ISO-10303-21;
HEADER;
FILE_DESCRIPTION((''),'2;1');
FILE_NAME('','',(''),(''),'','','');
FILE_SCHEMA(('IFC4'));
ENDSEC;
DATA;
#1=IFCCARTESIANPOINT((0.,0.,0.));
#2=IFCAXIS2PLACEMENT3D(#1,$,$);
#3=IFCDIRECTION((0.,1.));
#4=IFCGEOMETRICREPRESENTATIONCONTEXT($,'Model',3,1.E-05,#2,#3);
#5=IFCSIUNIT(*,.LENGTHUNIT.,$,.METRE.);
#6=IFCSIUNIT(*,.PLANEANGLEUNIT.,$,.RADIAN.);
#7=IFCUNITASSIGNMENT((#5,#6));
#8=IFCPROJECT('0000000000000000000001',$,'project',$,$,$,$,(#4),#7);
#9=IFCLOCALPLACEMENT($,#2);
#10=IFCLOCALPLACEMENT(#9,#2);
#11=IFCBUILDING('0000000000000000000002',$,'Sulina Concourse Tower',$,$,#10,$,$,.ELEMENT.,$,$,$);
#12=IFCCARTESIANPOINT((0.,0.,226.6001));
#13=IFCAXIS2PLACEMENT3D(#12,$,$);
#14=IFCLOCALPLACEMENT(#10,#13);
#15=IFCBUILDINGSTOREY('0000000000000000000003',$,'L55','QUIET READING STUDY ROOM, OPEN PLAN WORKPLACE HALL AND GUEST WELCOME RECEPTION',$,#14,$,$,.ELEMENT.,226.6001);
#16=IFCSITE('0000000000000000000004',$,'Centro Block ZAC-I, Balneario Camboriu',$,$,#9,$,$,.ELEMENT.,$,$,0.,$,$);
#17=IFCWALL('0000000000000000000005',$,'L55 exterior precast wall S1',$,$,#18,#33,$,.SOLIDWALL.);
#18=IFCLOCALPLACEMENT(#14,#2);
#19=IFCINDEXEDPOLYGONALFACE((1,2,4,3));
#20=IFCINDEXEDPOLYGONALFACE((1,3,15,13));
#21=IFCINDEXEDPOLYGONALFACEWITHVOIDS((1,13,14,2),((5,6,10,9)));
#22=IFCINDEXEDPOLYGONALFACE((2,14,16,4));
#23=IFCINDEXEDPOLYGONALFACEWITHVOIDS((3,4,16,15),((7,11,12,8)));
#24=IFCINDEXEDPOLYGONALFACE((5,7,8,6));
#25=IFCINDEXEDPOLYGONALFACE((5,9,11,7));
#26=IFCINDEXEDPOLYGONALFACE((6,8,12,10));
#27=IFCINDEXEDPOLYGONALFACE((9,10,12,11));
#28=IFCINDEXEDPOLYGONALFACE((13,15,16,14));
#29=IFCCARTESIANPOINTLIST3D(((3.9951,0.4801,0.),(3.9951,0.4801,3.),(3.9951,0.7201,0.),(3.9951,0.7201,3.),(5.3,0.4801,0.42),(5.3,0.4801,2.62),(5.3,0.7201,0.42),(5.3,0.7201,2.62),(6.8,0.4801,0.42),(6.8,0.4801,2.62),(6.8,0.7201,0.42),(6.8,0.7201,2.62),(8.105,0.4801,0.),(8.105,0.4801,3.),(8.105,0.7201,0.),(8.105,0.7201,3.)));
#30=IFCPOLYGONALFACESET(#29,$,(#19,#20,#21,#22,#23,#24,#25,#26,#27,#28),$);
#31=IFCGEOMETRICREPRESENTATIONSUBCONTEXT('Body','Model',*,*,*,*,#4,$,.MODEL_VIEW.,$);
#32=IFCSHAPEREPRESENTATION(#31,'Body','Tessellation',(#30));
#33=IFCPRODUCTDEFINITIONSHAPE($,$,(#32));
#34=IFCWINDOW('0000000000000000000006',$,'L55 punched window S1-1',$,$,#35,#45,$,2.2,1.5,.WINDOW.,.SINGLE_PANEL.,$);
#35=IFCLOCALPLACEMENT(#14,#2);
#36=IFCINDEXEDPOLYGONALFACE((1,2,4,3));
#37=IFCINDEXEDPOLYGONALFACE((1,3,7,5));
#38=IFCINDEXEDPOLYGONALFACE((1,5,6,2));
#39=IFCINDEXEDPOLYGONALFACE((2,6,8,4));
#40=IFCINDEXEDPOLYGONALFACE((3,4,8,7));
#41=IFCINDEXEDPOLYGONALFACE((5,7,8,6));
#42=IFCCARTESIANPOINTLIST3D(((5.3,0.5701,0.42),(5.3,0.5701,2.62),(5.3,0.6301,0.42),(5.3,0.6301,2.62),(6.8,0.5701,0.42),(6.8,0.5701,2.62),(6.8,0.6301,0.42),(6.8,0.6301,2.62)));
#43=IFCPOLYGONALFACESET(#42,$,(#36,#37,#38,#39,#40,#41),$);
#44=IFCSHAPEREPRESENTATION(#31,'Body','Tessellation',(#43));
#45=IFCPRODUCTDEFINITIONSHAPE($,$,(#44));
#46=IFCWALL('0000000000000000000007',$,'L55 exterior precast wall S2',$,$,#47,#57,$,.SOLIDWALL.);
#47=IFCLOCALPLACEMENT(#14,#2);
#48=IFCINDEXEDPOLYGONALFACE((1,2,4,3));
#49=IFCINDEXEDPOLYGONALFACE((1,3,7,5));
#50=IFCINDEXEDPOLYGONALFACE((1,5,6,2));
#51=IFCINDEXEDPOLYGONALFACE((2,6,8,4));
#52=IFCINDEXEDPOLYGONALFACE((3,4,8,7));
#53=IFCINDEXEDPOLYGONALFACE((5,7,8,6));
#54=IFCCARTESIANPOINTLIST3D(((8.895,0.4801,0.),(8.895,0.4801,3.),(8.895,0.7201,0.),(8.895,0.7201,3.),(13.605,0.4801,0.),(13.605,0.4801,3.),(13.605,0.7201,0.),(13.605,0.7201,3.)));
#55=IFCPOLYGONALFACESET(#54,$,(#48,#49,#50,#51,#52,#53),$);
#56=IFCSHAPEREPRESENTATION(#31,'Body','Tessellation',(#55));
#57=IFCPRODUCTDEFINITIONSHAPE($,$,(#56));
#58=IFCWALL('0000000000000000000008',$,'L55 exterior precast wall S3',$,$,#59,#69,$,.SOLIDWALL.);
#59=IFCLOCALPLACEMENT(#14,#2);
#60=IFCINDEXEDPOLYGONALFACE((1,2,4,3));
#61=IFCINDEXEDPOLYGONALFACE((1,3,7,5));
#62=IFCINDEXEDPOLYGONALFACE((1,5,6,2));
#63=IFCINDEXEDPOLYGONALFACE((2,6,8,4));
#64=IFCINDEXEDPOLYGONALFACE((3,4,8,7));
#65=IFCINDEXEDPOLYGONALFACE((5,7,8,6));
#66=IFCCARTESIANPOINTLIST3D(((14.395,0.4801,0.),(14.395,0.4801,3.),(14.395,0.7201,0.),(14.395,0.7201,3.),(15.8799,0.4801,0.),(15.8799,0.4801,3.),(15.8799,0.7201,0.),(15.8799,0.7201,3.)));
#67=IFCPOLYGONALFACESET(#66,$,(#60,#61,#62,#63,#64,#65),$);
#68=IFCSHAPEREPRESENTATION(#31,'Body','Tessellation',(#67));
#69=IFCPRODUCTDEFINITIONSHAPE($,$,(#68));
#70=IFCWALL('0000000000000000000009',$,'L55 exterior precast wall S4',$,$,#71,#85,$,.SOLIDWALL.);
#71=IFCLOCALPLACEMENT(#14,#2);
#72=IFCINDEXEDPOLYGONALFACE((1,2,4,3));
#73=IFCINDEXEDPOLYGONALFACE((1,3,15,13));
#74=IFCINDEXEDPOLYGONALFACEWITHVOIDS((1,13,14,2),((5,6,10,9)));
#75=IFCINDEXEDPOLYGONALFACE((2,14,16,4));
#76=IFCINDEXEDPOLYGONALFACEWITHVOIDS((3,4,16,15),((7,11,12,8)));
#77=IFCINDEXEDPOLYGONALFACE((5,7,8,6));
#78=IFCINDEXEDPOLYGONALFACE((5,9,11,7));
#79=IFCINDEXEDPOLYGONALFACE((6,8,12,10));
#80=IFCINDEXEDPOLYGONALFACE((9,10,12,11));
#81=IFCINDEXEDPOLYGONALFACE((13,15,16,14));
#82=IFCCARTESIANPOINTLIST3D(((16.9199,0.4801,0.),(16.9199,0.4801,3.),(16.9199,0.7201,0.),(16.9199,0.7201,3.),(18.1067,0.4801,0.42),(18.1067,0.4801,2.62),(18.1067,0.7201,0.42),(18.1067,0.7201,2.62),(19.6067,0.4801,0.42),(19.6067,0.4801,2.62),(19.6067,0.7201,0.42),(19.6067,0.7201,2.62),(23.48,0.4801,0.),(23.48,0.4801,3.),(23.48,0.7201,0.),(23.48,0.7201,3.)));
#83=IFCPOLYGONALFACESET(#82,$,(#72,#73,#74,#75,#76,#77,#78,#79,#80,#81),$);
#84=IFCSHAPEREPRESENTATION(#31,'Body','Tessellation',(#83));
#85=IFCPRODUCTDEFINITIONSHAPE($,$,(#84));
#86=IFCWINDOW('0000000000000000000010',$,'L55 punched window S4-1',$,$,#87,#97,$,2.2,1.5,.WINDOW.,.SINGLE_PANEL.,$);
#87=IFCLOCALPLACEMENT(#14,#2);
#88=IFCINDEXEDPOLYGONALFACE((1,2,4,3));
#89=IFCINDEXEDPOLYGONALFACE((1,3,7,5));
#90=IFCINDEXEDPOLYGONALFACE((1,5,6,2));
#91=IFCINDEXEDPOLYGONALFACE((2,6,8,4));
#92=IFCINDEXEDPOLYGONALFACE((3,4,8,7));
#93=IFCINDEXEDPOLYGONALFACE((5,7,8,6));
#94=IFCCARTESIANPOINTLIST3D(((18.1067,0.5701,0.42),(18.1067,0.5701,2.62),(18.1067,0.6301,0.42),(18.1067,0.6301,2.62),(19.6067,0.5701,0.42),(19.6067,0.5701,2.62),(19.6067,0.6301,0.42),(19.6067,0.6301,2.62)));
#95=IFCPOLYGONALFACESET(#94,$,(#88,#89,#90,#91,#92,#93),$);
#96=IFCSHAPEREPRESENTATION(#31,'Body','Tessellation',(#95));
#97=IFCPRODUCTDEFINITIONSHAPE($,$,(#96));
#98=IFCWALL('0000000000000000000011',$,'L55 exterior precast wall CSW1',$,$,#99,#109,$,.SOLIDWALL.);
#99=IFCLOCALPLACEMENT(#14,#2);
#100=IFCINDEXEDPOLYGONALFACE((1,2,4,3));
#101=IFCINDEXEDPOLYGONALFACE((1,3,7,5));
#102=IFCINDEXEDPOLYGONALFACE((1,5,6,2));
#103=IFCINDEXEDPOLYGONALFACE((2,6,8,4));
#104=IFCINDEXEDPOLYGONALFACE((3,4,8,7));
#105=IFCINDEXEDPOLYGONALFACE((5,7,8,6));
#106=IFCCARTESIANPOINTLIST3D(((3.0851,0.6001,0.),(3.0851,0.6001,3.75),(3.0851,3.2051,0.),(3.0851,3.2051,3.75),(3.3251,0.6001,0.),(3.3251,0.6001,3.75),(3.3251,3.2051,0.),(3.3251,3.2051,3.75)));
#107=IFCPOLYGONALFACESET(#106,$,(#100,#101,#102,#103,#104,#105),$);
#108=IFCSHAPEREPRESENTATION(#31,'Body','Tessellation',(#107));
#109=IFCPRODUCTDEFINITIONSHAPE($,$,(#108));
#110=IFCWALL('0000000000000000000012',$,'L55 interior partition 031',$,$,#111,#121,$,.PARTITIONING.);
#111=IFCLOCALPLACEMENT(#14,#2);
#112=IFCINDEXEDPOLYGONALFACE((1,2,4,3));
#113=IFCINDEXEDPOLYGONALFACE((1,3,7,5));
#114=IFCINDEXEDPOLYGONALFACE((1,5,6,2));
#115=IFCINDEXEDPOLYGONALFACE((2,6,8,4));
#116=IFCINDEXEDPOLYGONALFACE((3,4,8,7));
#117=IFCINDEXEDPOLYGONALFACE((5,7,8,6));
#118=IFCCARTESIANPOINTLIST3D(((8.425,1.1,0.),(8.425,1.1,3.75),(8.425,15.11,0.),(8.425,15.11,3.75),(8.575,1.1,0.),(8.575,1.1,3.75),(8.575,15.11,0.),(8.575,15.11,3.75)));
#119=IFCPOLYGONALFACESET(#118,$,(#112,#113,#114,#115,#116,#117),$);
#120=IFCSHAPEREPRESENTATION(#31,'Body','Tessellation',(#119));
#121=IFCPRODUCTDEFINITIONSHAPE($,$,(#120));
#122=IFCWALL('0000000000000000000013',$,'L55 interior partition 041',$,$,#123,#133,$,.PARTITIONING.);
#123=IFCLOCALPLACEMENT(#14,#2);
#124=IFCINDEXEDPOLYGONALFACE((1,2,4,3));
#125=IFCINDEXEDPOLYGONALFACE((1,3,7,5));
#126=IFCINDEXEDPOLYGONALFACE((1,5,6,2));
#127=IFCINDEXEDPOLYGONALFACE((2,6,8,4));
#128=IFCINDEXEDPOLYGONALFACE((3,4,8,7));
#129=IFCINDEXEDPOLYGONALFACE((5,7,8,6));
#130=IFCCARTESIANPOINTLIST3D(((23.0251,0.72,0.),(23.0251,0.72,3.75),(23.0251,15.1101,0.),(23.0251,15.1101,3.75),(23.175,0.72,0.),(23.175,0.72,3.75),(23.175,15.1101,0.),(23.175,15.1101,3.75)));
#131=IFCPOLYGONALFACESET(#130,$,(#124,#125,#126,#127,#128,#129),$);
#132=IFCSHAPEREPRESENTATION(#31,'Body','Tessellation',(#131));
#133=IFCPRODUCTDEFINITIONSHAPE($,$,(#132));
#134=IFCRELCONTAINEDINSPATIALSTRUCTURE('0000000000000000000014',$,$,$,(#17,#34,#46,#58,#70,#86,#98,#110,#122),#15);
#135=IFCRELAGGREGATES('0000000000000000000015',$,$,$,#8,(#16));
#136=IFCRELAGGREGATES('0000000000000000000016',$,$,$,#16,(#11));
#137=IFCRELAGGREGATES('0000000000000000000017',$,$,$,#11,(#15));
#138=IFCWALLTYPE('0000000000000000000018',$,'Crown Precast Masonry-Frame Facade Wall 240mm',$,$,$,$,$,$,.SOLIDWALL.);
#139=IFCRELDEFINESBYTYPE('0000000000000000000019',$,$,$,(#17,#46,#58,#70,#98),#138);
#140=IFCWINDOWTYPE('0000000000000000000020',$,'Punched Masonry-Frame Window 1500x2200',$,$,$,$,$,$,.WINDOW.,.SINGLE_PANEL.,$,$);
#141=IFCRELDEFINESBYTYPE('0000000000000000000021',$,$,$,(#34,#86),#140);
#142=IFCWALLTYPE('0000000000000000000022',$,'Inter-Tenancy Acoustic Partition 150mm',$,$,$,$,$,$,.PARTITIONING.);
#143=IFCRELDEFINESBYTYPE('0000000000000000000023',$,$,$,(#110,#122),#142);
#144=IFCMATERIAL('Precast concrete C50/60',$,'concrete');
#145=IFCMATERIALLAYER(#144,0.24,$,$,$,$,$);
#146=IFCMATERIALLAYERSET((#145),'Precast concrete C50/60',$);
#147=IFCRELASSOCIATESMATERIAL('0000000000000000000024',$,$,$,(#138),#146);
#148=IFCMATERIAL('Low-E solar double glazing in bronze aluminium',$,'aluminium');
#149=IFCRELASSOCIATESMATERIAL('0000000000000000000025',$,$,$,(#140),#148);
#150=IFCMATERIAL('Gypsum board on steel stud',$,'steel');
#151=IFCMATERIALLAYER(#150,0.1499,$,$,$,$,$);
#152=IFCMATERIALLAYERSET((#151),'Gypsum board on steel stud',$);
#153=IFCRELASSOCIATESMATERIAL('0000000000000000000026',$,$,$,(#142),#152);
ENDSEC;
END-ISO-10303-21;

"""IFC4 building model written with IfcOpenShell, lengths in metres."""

from ifc_helpers import new_model, si_unit, direction, frame, frame_2d, origin, place, context, subcontext, project, spatial, rectangle, extrude, material, layer, layer_set, type_object, element, fill, save


model = new_model("IFC4")

# Units and contexts
model_context = context("Model", 3, precision=1e-05, world=origin(), true_north=direction((0.0, 1.0)))
body_context = subcontext(model_context, "Body", "Model", "MODEL_VIEW")
ifc_project = project(units=[si_unit("LENGTHUNIT", "METRE"), si_unit("PLANEANGLEUNIT", "RADIAN")], contexts=[model_context])

# Site, building, storey
site_placement = place(None, origin())
site = spatial("IfcSite", under=ifc_project, at=site_placement, Name="Centro Block ZAC-I, Balneario Camboriu", CompositionType="ELEMENT", RefElevation=0.0)
building_placement = place(site_placement, origin())
building = spatial("IfcBuilding", under=site, at=building_placement, Name="Sulina Concourse Tower", CompositionType="ELEMENT")
storey_placement = place(building_placement, frame((0.0, 0.0, 226.6001)))
storey = spatial("IfcBuildingStorey", under=building, at=storey_placement, Name="L55", Description="QUIET READING STUDY ROOM, OPEN PLAN WORKPLACE HALL AND GUEST WELCOME RECEPTION", CompositionType="ELEMENT", Elevation=226.6001)

# Wall, opening, window
ifc_material_1 = material(Name="Precast concrete C50/60", Category="concrete")
ifc_layer_1 = layer(ifc_material_1, 0.24)
ifc_layer_set_1 = layer_set([ifc_layer_1], Name="Precast concrete C50/60")
wall_type_1 = type_object("IfcWallType", Name="Crown Precast Masonry-Frame Facade Wall 240mm", PredefinedType="SOLIDWALL", material=ifc_layer_set_1)
wall_1_placement = place(storey_placement, frame((8.105, 0.6001, 0.0), z_axis=(0.0, 0.0, 1.0), x_axis=(-1.0, 0.0, 0.0)))
wall_1 = element("IfcWall", 1, at=wall_1_placement, inside=storey, type_object=wall_type_1, Name="L55 exterior precast wall S1", PredefinedType="SOLIDWALL", context=body_context, shape_type="SweptSolid", body=[
    extrude(rectangle(XDim=4.1099, YDim=0.24, at=frame_2d((2.0549, 0.0))), origin(), (0.0, 0.0, 1.0), 3.0),
])
opening_1_placement = place(wall_1_placement, frame((1.3049, 0.0, 0.4199)))
opening_1 = element("IfcOpeningElement", 2, at=opening_1_placement, cuts=wall_1, PredefinedType="OPENING", context=body_context, shape_type="SweptSolid", body=[
    extrude(rectangle(XDim=1.5, YDim=2.2, at=frame_2d((0.75, 1.1001))), frame((0.0, 0.1299, 0.0), z_axis=(0.0, -1.0, 0.0), x_axis=(1.0, 0.0, 0.0)), (0.0, 0.0, 1.0), 0.26),
])
ifc_material_2 = material(Name="Low-E solar double glazing in bronze aluminium", Category="aluminium")
window_type = type_object("IfcWindowType", Name="Punched Masonry-Frame Window 1500x2200", PartitioningType="SINGLE_PANEL", PredefinedType="WINDOW", material=ifc_material_2)
window_1_placement = place(opening_1_placement, origin())
window_1 = element("IfcWindow", 3, at=window_1_placement, inside=storey, type_object=window_type, Name="L55 punched window S1-1", OverallHeight=2.2, OverallWidth=1.5, PartitioningType="SINGLE_PANEL", PredefinedType="WINDOW", context=body_context, shape_type="SweptSolid", body=[
    extrude(rectangle(XDim=1.5, YDim=2.2, at=frame_2d((0.75, 1.1001))), frame((0.0, 0.03, 0.0), z_axis=(0.0, -1.0, 0.0), x_axis=(1.0, 0.0, 0.0)), (0.0, 0.0, 1.0), 0.0601),
])
fill(opening_1, window_1)

# Walls
wall_2_placement = place(storey_placement, frame((13.605, 0.6001, 0.0), z_axis=(0.0, 0.0, 1.0), x_axis=(-1.0, 0.0, 0.0)))
element("IfcWall", 4, at=wall_2_placement, inside=storey, type_object=wall_type_1, Name="L55 exterior precast wall S2", PredefinedType="SOLIDWALL", context=body_context, shape_type="SweptSolid", body=[
    extrude(rectangle(XDim=4.71, YDim=0.24, at=frame_2d((2.355, 0.0))), origin(), (0.0, 0.0, 1.0), 3.0),
])
wall_3_placement = place(storey_placement, frame((15.8799, 0.6001, 0.0), z_axis=(0.0, 0.0, 1.0), x_axis=(-1.0, 0.0, 0.0)))
element("IfcWall", 5, at=wall_3_placement, inside=storey, type_object=wall_type_1, Name="L55 exterior precast wall S3", PredefinedType="SOLIDWALL", context=body_context, shape_type="SweptSolid", body=[
    extrude(rectangle(XDim=1.4849, YDim=0.24, at=frame_2d((0.7424, 0.0))), origin(), (0.0, 0.0, 1.0), 3.0),
])

# Wall, opening, window
wall_4_placement = place(storey_placement, frame((23.48, 0.6001, 0.0), z_axis=(0.0, 0.0, 1.0), x_axis=(-1.0, 0.0, 0.0)))
wall_4 = element("IfcWall", 6, at=wall_4_placement, inside=storey, type_object=wall_type_1, Name="L55 exterior precast wall S4", PredefinedType="SOLIDWALL", context=body_context, shape_type="SweptSolid", body=[
    extrude(rectangle(XDim=6.5601, YDim=0.24, at=frame_2d((3.28, 0.0))), origin(), (0.0, 0.0, 1.0), 3.0),
])
opening_2_placement = place(wall_4_placement, frame((3.8733, 0.0, 0.4199)))
opening_2 = element("IfcOpeningElement", 7, at=opening_2_placement, cuts=wall_4, PredefinedType="OPENING", context=body_context, shape_type="SweptSolid", body=[
    extrude(rectangle(XDim=1.5, YDim=2.2, at=frame_2d((0.75, 1.1001))), frame((0.0, 0.1299, 0.0), z_axis=(0.0, -1.0, 0.0), x_axis=(1.0, 0.0, 0.0)), (0.0, 0.0, 1.0), 0.26),
])
window_2_placement = place(opening_2_placement, origin())
window_2 = element("IfcWindow", 8, at=window_2_placement, inside=storey, type_object=window_type, Name="L55 punched window S4-1", OverallHeight=2.2, OverallWidth=1.5, PartitioningType="SINGLE_PANEL", PredefinedType="WINDOW", context=body_context, shape_type="SweptSolid", body=[
    extrude(rectangle(XDim=1.5, YDim=2.2, at=frame_2d((0.75, 1.1001))), frame((0.0, 0.03, 0.0), z_axis=(0.0, -1.0, 0.0), x_axis=(1.0, 0.0, 0.0)), (0.0, 0.0, 1.0), 0.0601),
])
fill(opening_2, window_2)

# Walls
wall_5_placement = place(storey_placement, frame((3.2051, 0.6001, 0.0), z_axis=(0.0, 0.0, 1.0), x_axis=(0.0, 1.0, 0.0)))
element("IfcWall", 9, at=wall_5_placement, inside=storey, type_object=wall_type_1, Name="L55 exterior precast wall CSW1", PredefinedType="SOLIDWALL", context=body_context, shape_type="SweptSolid", body=[
    extrude(rectangle(XDim=2.605, YDim=0.24, at=frame_2d((1.3025, 0.0))), origin(), (0.0, 0.0, 1.0), 3.75),
])
ifc_material_3 = material(Name="Gypsum board on steel stud", Category="steel")
ifc_layer_2 = layer(ifc_material_3, 0.1499)
ifc_layer_set_2 = layer_set([ifc_layer_2], Name="Gypsum board on steel stud")
wall_type_2 = type_object("IfcWallType", Name="Inter-Tenancy Acoustic Partition 150mm", PredefinedType="PARTITIONING", material=ifc_layer_set_2)
wall_6_placement = place(storey_placement, frame((8.5, 1.1001, 0.0), z_axis=(0.0, 0.0, 1.0), x_axis=(0.0, 1.0, 0.0)))
element("IfcWall", 10, at=wall_6_placement, inside=storey, type_object=wall_type_2, Name="L55 interior partition 031", PredefinedType="PARTITIONING", context=body_context, shape_type="SweptSolid", body=[
    extrude(rectangle(XDim=14.01, YDim=0.1499, at=frame_2d((7.0049, 0.0))), origin(), (0.0, 0.0, 1.0), 3.75),
])
wall_7_placement = place(storey_placement, frame((23.1001, 0.72, 0.0), z_axis=(0.0, 0.0, 1.0), x_axis=(0.0, 1.0, 0.0)))
element("IfcWall", 11, at=wall_7_placement, inside=storey, type_object=wall_type_2, Name="L55 interior partition 041", PredefinedType="PARTITIONING", context=body_context, shape_type="SweptSolid", body=[
    extrude(rectangle(XDim=14.3901, YDim=0.1499, at=frame_2d((7.1951, 0.0))), origin(), (0.0, 0.0, 1.0), 3.75),
])

save(model, "model.ifc")
